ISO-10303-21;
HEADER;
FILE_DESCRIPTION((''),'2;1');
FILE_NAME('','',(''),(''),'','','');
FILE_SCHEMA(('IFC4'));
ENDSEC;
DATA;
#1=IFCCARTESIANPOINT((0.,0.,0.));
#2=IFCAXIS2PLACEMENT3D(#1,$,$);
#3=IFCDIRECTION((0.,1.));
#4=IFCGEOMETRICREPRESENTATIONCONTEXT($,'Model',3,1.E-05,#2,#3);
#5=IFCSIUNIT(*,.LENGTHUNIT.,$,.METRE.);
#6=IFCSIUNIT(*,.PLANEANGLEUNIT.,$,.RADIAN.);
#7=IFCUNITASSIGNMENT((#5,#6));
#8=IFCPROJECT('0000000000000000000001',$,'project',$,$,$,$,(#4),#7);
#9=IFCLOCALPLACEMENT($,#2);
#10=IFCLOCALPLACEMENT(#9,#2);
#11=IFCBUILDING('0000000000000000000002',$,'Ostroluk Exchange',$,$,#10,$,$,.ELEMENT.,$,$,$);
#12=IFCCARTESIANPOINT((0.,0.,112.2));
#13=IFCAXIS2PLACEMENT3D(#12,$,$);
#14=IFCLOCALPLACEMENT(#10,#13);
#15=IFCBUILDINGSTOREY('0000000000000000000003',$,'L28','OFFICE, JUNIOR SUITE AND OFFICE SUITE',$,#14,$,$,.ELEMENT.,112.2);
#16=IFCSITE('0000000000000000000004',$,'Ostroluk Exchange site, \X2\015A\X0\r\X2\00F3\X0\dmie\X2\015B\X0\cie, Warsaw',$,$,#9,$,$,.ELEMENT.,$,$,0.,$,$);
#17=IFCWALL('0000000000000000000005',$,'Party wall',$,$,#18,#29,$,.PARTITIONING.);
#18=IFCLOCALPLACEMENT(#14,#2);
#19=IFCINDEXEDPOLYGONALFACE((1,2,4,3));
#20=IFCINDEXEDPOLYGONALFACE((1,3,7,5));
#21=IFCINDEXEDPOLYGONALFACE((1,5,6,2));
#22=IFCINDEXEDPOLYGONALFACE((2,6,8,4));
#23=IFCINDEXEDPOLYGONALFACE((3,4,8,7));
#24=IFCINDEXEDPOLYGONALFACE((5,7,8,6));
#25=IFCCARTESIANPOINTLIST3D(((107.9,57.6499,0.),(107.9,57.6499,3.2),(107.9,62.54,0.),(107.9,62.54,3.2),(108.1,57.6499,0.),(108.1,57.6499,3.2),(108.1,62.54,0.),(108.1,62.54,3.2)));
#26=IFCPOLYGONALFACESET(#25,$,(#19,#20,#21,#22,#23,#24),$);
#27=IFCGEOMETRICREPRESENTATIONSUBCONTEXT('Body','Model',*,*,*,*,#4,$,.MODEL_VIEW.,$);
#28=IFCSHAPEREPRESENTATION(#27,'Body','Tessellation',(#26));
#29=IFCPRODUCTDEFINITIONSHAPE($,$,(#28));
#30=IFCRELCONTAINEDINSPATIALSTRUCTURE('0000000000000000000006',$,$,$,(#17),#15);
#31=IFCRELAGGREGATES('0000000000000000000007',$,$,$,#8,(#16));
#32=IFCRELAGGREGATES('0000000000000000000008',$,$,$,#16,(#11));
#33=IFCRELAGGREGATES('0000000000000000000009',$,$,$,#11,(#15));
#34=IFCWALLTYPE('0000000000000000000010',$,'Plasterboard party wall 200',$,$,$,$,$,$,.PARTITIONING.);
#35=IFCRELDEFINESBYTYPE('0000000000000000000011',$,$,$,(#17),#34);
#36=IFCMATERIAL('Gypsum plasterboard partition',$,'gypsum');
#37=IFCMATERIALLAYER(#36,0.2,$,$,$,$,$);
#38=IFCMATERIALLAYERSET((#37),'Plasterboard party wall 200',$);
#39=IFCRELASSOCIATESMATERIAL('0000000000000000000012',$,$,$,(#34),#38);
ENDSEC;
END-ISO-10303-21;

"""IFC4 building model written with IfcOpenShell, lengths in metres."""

from ifc_helpers import new_model, si_unit, direction, frame, frame_2d, origin, place, context, subcontext, project, spatial, rectangle, extrude, material, layer, layer_set, type_object, element, save


model = new_model("IFC4")

# Units and contexts
model_context = context("Model", 3, precision=1e-05, world=origin(), true_north=direction((0.0, 1.0)))
body_context = subcontext(model_context, "Body", "Model", "MODEL_VIEW")
ifc_project = project(units=[si_unit("LENGTHUNIT", "METRE"), si_unit("PLANEANGLEUNIT", "RADIAN")], contexts=[model_context])

# Site, building, storey
site_placement = place(None, origin())
site = spatial("IfcSite", under=ifc_project, at=site_placement, Name="Ostroluk Exchange site, Śródmieście, Warsaw", CompositionType="ELEMENT", RefElevation=0.0)
building_placement = place(site_placement, origin())
building = spatial("IfcBuilding", under=site, at=building_placement, Name="Ostroluk Exchange", CompositionType="ELEMENT")
storey_placement = place(building_placement, frame((0.0, 0.0, 112.2)))
storey = spatial("IfcBuildingStorey", under=building, at=storey_placement, Name="L28", Description="OFFICE, JUNIOR SUITE AND OFFICE SUITE", CompositionType="ELEMENT", Elevation=112.2)

# Wall
ifc_material_1 = material(Name="Gypsum plasterboard partition", Category="gypsum")
ifc_layer_1 = layer(ifc_material_1, 0.2)
ifc_layer_set_1 = layer_set([ifc_layer_1], Name="Plasterboard party wall 200")
wall_type_1 = type_object("IfcWallType", Name="Plasterboard party wall 200", PredefinedType="PARTITIONING", material=ifc_layer_set_1)
wall_1_placement = place(storey_placement, frame((108.0, 57.6499, 0.0), z_axis=(0.0, 0.0, 1.0), x_axis=(0.0, 1.0, 0.0)))
element("IfcWall", 1, at=wall_1_placement, inside=storey, type_object=wall_type_1, Name="Party wall", PredefinedType="PARTITIONING", context=body_context, shape_type="SweptSolid", body=[
    extrude(rectangle(XDim=4.8901, YDim=0.2, at=frame_2d((2.4451, 0.0))), origin(), (0.0, 0.0, 1.0), 3.2),
])

save(model, "model.ifc")
